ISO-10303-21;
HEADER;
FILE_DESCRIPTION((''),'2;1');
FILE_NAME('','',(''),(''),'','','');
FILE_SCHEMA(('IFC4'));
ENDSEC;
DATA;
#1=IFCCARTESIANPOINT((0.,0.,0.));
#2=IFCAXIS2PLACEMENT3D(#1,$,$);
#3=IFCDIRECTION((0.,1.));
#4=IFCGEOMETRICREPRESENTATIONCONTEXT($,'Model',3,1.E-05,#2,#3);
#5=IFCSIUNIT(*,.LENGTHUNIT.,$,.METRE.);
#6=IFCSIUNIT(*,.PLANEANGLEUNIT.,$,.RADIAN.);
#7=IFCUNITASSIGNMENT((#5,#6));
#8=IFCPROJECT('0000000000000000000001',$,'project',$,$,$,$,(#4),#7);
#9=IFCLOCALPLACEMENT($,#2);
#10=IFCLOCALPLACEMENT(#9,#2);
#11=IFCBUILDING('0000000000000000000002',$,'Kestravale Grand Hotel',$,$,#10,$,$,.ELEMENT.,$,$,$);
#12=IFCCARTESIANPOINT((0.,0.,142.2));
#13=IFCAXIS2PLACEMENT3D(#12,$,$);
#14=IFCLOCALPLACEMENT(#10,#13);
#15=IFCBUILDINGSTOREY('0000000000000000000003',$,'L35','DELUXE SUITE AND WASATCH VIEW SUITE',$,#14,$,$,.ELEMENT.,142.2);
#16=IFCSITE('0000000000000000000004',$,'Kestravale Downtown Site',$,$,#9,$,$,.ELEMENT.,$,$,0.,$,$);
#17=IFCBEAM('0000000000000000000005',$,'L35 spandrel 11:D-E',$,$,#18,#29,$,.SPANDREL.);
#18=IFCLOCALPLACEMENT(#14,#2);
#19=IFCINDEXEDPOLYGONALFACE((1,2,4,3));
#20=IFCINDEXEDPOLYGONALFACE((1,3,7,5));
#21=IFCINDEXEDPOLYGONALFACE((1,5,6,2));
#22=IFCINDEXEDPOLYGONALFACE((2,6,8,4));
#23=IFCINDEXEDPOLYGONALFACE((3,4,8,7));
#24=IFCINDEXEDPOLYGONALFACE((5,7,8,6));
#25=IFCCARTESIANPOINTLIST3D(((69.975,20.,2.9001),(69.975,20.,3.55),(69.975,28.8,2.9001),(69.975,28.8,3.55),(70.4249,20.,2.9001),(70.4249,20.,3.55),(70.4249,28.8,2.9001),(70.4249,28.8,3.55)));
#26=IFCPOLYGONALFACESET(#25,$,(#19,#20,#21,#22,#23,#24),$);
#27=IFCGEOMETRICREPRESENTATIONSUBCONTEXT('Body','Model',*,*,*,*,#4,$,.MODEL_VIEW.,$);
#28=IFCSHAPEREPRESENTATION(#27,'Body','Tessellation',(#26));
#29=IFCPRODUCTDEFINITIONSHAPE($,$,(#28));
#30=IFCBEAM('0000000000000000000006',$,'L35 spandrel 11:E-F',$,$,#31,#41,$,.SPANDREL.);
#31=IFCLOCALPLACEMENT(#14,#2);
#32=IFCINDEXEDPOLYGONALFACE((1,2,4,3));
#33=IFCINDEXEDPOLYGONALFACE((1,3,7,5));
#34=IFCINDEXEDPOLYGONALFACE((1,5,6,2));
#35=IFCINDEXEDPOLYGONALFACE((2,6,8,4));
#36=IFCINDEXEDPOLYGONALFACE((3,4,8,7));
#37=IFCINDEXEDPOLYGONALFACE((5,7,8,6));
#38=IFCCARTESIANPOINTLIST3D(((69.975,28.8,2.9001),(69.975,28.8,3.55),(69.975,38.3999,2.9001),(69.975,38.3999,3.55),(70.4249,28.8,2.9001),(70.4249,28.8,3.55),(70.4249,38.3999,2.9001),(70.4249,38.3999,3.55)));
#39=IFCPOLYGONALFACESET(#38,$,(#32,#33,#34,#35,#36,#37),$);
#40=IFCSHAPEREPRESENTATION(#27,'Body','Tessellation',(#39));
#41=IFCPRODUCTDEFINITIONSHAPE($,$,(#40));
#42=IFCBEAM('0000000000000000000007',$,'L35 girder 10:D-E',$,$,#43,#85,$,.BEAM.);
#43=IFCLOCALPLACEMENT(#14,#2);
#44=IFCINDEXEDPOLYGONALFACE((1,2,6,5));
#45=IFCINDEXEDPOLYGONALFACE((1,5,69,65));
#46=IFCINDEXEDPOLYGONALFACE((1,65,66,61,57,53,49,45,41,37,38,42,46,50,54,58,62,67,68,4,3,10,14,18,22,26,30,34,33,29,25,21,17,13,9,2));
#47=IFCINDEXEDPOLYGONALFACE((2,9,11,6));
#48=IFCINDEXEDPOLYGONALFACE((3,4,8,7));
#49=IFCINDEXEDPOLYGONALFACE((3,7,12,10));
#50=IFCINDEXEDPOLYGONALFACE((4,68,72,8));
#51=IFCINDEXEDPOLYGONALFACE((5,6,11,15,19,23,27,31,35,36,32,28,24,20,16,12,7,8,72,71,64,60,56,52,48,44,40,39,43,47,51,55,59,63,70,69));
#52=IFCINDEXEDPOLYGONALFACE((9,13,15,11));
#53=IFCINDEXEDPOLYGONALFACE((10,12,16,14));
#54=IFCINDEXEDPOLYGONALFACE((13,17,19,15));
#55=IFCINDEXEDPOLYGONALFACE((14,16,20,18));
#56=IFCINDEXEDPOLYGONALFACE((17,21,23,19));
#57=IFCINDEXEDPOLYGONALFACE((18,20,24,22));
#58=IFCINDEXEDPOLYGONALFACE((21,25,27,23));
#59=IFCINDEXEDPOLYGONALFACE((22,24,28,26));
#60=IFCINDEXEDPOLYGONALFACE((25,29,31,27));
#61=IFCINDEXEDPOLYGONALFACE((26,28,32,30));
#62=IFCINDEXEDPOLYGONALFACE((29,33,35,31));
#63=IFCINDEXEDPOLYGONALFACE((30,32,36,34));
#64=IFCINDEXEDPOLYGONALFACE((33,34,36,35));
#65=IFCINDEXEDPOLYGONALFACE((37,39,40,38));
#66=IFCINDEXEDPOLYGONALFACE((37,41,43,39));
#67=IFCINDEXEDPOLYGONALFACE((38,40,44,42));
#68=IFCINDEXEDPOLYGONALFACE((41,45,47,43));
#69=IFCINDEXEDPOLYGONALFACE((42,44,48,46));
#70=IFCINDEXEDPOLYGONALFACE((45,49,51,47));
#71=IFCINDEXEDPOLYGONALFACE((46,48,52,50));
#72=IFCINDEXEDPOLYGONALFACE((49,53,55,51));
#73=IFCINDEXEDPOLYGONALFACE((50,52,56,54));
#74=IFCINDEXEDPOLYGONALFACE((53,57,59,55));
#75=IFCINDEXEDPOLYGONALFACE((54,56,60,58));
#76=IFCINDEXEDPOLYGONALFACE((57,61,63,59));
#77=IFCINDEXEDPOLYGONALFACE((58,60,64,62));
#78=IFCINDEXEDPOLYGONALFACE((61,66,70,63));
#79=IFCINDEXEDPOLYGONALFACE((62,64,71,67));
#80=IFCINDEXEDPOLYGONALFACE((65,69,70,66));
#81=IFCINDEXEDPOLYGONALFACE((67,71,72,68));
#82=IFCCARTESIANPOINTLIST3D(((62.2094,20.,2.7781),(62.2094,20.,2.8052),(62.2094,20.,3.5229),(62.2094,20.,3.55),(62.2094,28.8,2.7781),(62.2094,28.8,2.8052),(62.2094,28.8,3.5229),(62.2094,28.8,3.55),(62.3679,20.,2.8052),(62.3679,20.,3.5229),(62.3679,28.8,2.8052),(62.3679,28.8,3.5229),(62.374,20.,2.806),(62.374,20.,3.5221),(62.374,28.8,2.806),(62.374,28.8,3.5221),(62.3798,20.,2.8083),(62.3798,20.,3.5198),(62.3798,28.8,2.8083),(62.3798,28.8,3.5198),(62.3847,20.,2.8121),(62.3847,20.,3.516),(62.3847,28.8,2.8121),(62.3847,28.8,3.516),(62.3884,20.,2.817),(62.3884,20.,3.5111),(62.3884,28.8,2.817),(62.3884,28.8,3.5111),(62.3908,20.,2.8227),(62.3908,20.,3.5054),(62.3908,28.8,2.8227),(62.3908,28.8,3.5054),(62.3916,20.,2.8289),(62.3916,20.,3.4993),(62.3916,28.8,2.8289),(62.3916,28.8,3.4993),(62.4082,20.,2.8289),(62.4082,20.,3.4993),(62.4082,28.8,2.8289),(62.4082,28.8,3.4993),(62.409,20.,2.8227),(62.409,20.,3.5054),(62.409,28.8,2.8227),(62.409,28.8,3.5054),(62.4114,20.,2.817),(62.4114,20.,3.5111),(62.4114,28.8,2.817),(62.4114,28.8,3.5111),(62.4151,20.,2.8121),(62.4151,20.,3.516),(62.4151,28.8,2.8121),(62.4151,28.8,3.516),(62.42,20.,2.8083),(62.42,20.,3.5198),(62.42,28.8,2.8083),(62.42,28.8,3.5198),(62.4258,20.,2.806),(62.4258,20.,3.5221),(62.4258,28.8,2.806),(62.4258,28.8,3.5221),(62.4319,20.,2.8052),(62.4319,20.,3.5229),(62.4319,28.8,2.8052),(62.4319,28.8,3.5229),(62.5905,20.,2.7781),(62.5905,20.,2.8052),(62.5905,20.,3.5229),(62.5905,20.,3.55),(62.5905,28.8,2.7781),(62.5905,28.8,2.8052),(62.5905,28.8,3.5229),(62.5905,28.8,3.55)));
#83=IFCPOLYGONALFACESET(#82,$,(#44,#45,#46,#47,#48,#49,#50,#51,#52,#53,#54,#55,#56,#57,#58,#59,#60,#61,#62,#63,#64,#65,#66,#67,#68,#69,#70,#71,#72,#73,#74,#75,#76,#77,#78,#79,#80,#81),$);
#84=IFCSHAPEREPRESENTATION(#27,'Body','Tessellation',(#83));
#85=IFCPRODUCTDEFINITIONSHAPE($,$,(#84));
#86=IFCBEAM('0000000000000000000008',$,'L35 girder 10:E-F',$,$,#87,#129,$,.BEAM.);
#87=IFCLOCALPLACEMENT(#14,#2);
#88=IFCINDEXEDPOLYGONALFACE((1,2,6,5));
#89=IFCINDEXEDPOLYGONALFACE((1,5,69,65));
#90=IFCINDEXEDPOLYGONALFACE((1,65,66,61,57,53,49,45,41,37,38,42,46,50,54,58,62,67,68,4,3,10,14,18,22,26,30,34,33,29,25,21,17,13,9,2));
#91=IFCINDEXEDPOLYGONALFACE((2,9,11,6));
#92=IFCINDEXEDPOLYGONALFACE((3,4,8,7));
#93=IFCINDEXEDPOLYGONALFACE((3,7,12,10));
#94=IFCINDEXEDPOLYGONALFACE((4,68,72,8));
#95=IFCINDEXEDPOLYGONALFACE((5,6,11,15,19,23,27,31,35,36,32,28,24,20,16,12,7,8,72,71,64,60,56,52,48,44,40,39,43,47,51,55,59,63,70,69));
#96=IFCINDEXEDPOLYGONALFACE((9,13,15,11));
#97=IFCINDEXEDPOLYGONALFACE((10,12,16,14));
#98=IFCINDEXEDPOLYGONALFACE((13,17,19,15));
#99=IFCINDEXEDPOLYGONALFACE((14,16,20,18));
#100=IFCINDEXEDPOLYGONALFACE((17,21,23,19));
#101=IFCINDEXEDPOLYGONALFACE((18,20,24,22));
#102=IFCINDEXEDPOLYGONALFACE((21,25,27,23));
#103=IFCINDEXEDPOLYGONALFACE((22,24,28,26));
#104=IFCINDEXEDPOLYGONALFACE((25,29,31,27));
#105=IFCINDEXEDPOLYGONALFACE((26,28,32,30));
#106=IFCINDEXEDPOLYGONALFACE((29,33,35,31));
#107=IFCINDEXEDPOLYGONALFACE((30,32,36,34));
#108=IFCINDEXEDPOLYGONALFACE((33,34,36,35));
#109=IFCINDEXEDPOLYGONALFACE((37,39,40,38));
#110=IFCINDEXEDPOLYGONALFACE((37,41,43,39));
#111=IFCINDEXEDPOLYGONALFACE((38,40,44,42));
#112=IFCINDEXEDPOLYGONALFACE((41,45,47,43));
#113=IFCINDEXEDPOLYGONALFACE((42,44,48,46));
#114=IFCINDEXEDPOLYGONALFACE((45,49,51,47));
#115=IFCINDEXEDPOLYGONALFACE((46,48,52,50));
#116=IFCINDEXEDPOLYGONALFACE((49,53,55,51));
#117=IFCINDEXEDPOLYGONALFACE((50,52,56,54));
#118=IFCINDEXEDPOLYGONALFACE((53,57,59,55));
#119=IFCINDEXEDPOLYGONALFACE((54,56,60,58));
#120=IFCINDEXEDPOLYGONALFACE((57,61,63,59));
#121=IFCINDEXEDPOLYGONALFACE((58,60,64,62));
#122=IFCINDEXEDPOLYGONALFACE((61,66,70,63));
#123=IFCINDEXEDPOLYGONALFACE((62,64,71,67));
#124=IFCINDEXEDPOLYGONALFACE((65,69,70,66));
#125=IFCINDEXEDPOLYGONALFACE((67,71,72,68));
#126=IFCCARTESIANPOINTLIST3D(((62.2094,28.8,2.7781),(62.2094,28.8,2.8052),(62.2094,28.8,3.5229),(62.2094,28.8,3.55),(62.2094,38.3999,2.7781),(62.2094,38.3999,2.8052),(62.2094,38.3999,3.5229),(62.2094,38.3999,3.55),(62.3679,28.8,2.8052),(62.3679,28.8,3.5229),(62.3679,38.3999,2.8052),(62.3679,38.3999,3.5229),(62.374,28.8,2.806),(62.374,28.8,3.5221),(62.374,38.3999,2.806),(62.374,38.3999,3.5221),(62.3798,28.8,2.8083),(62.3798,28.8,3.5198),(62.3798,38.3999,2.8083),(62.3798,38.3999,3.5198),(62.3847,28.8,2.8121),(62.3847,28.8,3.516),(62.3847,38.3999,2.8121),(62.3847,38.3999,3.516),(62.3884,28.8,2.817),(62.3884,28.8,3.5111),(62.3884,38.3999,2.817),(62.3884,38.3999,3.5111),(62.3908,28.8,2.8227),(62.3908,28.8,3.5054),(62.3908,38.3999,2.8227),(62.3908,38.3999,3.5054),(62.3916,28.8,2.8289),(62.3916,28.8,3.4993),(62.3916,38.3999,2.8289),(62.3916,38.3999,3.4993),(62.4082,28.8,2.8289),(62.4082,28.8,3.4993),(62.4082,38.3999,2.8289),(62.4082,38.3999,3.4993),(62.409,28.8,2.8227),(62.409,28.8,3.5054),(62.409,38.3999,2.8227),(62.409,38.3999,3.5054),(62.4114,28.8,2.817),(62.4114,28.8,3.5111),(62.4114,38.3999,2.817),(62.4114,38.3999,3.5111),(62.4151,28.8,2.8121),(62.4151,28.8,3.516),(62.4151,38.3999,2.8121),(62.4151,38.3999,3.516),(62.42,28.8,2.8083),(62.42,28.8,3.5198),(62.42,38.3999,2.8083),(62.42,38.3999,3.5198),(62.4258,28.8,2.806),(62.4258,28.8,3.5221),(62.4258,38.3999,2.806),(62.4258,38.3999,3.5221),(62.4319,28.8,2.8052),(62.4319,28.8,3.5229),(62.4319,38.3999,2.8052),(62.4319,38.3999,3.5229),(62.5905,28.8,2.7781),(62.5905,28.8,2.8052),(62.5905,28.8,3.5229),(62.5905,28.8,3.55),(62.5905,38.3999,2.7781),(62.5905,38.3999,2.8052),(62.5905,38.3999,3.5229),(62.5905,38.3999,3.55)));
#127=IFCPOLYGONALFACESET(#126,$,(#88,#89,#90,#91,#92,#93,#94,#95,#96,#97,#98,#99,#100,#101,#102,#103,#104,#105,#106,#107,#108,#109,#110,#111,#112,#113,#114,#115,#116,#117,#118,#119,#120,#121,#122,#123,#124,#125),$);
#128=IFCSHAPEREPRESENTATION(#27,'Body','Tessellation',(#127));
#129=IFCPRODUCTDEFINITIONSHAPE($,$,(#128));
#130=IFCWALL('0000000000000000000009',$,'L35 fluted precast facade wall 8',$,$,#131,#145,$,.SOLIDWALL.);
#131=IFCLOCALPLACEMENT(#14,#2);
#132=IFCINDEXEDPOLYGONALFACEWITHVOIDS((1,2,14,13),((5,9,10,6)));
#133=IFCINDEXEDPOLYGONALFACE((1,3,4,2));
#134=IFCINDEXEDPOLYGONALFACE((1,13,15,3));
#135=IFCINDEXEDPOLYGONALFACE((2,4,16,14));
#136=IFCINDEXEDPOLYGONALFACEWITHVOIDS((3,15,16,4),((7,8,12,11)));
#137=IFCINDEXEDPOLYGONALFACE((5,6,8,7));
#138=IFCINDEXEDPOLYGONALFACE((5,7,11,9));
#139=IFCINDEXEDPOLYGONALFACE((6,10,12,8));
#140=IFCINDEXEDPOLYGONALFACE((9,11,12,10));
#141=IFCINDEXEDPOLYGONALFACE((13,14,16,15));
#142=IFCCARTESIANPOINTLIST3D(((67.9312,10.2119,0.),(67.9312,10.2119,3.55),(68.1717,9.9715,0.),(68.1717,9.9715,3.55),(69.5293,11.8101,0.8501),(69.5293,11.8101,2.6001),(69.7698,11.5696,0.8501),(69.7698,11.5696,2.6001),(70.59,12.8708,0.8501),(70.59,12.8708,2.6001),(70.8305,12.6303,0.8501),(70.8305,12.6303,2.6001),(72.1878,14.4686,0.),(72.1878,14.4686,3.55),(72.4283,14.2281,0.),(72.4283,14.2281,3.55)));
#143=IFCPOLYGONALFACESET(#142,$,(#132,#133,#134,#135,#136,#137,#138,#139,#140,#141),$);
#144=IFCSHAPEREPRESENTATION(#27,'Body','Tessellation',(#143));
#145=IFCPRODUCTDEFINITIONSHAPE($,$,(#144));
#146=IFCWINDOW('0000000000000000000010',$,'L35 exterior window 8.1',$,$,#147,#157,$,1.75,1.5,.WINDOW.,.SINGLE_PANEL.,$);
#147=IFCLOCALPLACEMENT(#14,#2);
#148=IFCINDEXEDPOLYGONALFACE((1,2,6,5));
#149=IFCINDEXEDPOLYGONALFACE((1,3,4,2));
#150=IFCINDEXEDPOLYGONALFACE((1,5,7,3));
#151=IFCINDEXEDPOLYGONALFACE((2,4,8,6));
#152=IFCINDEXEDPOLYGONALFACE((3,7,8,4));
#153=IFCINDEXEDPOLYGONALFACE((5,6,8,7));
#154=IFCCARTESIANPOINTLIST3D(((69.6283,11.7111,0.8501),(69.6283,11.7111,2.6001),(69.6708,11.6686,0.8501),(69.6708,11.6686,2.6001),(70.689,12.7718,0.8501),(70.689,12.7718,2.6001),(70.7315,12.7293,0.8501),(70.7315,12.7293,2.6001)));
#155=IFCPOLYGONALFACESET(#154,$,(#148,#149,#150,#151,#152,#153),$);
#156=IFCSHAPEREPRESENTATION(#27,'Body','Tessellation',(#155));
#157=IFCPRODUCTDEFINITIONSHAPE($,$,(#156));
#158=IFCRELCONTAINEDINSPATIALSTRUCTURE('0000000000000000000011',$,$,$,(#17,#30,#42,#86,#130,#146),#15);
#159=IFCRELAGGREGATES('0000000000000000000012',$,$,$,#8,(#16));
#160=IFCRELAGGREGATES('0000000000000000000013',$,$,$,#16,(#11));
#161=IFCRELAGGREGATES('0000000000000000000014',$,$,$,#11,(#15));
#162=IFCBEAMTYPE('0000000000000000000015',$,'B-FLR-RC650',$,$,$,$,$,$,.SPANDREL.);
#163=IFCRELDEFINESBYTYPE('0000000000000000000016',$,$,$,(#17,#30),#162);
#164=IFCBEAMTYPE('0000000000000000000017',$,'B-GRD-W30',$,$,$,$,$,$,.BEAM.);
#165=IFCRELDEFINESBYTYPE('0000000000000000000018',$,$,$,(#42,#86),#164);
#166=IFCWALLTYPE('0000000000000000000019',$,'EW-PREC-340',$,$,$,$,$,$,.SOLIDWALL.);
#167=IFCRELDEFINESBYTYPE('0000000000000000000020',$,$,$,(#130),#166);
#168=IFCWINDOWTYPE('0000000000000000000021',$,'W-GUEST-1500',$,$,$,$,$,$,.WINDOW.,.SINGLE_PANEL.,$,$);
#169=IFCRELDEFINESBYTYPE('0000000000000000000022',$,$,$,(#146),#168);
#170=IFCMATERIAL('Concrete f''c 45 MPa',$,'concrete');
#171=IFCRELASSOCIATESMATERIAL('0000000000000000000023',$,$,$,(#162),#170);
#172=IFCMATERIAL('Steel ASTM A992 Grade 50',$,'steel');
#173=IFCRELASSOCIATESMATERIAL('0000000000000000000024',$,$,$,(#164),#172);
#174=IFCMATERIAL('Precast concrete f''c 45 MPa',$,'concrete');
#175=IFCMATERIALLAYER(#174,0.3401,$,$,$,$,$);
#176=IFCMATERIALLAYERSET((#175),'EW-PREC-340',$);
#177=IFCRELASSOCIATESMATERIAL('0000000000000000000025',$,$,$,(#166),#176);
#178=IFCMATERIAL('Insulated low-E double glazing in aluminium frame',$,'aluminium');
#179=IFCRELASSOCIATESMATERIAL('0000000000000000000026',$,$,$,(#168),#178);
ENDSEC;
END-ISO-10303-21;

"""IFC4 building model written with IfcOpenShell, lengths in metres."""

from ifc_helpers import new_model, si_unit, direction, frame, frame_2d, origin, origin_2d, place, context, subcontext, project, spatial, rectangle, i_section, extrude, material, layer, layer_set, material_profile, profile_set, type_object, element, fill, save


model = new_model("IFC4")

# Units and contexts
model_context = context("Model", 3, precision=1e-05, world=origin(), true_north=direction((0.0, 1.0)))
body_context = subcontext(model_context, "Body", "Model", "MODEL_VIEW")
ifc_project = project(units=[si_unit("LENGTHUNIT", "METRE"), si_unit("PLANEANGLEUNIT", "RADIAN")], contexts=[model_context])

# Site, building, storey
site_placement = place(None, origin())
site = spatial("IfcSite", under=ifc_project, at=site_placement, Name="Kestravale Downtown Site", CompositionType="ELEMENT", RefElevation=0.0)
building_placement = place(site_placement, origin())
building = spatial("IfcBuilding", under=site, at=building_placement, Name="Kestravale Grand Hotel", CompositionType="ELEMENT")
storey_placement = place(building_placement, frame((0.0, 0.0, 142.2)))
storey = spatial("IfcBuildingStorey", under=building, at=storey_placement, Name="L35", Description="DELUXE SUITE AND WASATCH VIEW SUITE", CompositionType="ELEMENT", Elevation=142.2)

# Beams
ifc_material_1 = material(Name="Concrete f'c 45 MPa", Category="concrete")
ifc_material_profile_1 = material_profile(ifc_material_1, rectangle(XDim=0.45, YDim=0.6499, at=origin_2d()))
ifc_profile_set_1 = profile_set([ifc_material_profile_1], Name="Concrete f'c 45 MPa")
beam_type_1 = type_object("IfcBeamType", Name="B-FLR-RC650", PredefinedType="SPANDREL", material=ifc_profile_set_1)
for number, where, z_axis, x_axis, name in (
    (1, (70.2, 20.0, 3.2251), (0.0, 1.0, 0.0), (-1.0, 0.0, 0.0), "L35 spandrel 11:D-E"),
):
    element("IfcBeam", number, at=place(storey_placement, frame(where, z_axis=z_axis, x_axis=x_axis)), inside=storey, type_object=beam_type_1, Name=name, PredefinedType="SPANDREL", context=body_context, shape_type="SweptSolid", body=[
        extrude(rectangle(XDim=0.45, YDim=0.6499, at=origin_2d()), origin(), (0.0, 0.0, 1.0), 8.8),
    ])
beam_1_placement = place(storey_placement, frame((70.2, 28.8, 3.2251), z_axis=(0.0, 1.0, 0.0), x_axis=(-1.0, 0.0, 0.0)))
element("IfcBeam", 2, at=beam_1_placement, inside=storey, type_object=beam_type_1, Name="L35 spandrel 11:E-F", PredefinedType="SPANDREL", context=body_context, shape_type="SweptSolid", body=[
    extrude(rectangle(XDim=0.45, YDim=0.6499, at=origin_2d()), origin(), (0.0, 0.0, 1.0), 9.5999),
])
ifc_material_2 = material(Name="Steel ASTM A992 Grade 50", Category="steel")
ifc_material_profile_2 = material_profile(ifc_material_2, i_section(OverallWidth=0.3811, OverallDepth=0.772, WebThickness=0.0166, FlangeThickness=0.0271, FilletRadius=0.0237, at=origin_2d()))
ifc_profile_set_2 = profile_set([ifc_material_profile_2], Name="Steel ASTM A992 Grade 50")
beam_type_2 = type_object("IfcBeamType", Name="B-GRD-W30", PredefinedType="BEAM", material=ifc_profile_set_2)
beam_2_placement = place(storey_placement, frame((62.3999, 20.0, 3.1641), z_axis=(0.0, 1.0, 0.0), x_axis=(-1.0, 0.0, 0.0)))
element("IfcBeam", 3, at=beam_2_placement, inside=storey, type_object=beam_type_2, Name="L35 girder 10:D-E", PredefinedType="BEAM", context=body_context, shape_type="SweptSolid", body=[
    extrude(i_section(OverallWidth=0.3811, OverallDepth=0.772, WebThickness=0.0166, FlangeThickness=0.0271, FilletRadius=0.0237, at=origin_2d()), origin(), (0.0, 0.0, 1.0), 8.8),
])
beam_3_placement = place(storey_placement, frame((62.3999, 28.8, 3.1641), z_axis=(0.0, 1.0, 0.0), x_axis=(-1.0, 0.0, 0.0)))
element("IfcBeam", 4, at=beam_3_placement, inside=storey, type_object=beam_type_2, Name="L35 girder 10:E-F", PredefinedType="BEAM", context=body_context, shape_type="SweptSolid", body=[
    extrude(i_section(OverallWidth=0.3811, OverallDepth=0.772, WebThickness=0.0166, FlangeThickness=0.0271, FilletRadius=0.0237, at=origin_2d()), origin(), (0.0, 0.0, 1.0), 9.5999),
])

# Wall, opening, window
ifc_material_3 = material(Name="Precast concrete f'c 45 MPa", Category="concrete")
ifc_layer_1 = layer(ifc_material_3, 0.3401)
ifc_layer_set_1 = layer_set([ifc_layer_1], Name="EW-PREC-340")
wall_type_1 = type_object("IfcWallType", Name="EW-PREC-340", PredefinedType="SOLIDWALL", material=ifc_layer_set_1)
wall_1_placement = place(storey_placement, frame((68.0515, 10.0918, 0.0), z_axis=(0.0, 0.0, 1.0), x_axis=(0.707107, 0.707107, 0.0)))
wall_1 = element("IfcWall", 5, at=wall_1_placement, inside=storey, type_object=wall_type_1, Name="L35 fluted precast facade wall 8", PredefinedType="SOLIDWALL", context=body_context, shape_type="SweptSolid", body=[
    extrude(rectangle(XDim=6.0198, YDim=0.3401, at=frame_2d((3.0098, 0.0))), origin(), (0.0, 0.0, 1.0), 3.55),
])
opening_1_placement = place(wall_1_placement, frame((2.26, 0.0, 0.8501)))
opening_1 = element("IfcOpeningElement", 6, at=opening_1_placement, cuts=wall_1, PredefinedType="OPENING", context=body_context, shape_type="SweptSolid", body=[
    extrude(rectangle(XDim=1.5, YDim=1.75, at=frame_2d((0.75, 0.875))), frame((0.0, 0.1799, 0.0), z_axis=(0.0, -1.0, 0.0), x_axis=(1.0, 0.0, 0.0)), (0.0, 0.0, 1.0), 0.3601),
])
ifc_material_4 = material(Name="Insulated low-E double glazing in aluminium frame", Category="aluminium")
window_type = type_object("IfcWindowType", Name="W-GUEST-1500", PartitioningType="SINGLE_PANEL", PredefinedType="WINDOW", material=ifc_material_4)
window_1_placement = place(opening_1_placement, origin())
window_1 = element("IfcWindow", 7, at=window_1_placement, inside=storey, type_object=window_type, Name="L35 exterior window 8.1", OverallHeight=1.75, OverallWidth=1.5, PartitioningType="SINGLE_PANEL", PredefinedType="WINDOW", context=body_context, shape_type="SweptSolid", body=[
    extrude(rectangle(XDim=1.5, YDim=1.75, at=frame_2d((0.75, 0.875))), frame((0.0, 0.03, 0.0), z_axis=(0.0, -1.0, 0.0), x_axis=(1.0, 0.0, 0.0)), (0.0, 0.0, 1.0), 0.0601),
])
fill(opening_1, window_1)

save(model, "model.ifc")
